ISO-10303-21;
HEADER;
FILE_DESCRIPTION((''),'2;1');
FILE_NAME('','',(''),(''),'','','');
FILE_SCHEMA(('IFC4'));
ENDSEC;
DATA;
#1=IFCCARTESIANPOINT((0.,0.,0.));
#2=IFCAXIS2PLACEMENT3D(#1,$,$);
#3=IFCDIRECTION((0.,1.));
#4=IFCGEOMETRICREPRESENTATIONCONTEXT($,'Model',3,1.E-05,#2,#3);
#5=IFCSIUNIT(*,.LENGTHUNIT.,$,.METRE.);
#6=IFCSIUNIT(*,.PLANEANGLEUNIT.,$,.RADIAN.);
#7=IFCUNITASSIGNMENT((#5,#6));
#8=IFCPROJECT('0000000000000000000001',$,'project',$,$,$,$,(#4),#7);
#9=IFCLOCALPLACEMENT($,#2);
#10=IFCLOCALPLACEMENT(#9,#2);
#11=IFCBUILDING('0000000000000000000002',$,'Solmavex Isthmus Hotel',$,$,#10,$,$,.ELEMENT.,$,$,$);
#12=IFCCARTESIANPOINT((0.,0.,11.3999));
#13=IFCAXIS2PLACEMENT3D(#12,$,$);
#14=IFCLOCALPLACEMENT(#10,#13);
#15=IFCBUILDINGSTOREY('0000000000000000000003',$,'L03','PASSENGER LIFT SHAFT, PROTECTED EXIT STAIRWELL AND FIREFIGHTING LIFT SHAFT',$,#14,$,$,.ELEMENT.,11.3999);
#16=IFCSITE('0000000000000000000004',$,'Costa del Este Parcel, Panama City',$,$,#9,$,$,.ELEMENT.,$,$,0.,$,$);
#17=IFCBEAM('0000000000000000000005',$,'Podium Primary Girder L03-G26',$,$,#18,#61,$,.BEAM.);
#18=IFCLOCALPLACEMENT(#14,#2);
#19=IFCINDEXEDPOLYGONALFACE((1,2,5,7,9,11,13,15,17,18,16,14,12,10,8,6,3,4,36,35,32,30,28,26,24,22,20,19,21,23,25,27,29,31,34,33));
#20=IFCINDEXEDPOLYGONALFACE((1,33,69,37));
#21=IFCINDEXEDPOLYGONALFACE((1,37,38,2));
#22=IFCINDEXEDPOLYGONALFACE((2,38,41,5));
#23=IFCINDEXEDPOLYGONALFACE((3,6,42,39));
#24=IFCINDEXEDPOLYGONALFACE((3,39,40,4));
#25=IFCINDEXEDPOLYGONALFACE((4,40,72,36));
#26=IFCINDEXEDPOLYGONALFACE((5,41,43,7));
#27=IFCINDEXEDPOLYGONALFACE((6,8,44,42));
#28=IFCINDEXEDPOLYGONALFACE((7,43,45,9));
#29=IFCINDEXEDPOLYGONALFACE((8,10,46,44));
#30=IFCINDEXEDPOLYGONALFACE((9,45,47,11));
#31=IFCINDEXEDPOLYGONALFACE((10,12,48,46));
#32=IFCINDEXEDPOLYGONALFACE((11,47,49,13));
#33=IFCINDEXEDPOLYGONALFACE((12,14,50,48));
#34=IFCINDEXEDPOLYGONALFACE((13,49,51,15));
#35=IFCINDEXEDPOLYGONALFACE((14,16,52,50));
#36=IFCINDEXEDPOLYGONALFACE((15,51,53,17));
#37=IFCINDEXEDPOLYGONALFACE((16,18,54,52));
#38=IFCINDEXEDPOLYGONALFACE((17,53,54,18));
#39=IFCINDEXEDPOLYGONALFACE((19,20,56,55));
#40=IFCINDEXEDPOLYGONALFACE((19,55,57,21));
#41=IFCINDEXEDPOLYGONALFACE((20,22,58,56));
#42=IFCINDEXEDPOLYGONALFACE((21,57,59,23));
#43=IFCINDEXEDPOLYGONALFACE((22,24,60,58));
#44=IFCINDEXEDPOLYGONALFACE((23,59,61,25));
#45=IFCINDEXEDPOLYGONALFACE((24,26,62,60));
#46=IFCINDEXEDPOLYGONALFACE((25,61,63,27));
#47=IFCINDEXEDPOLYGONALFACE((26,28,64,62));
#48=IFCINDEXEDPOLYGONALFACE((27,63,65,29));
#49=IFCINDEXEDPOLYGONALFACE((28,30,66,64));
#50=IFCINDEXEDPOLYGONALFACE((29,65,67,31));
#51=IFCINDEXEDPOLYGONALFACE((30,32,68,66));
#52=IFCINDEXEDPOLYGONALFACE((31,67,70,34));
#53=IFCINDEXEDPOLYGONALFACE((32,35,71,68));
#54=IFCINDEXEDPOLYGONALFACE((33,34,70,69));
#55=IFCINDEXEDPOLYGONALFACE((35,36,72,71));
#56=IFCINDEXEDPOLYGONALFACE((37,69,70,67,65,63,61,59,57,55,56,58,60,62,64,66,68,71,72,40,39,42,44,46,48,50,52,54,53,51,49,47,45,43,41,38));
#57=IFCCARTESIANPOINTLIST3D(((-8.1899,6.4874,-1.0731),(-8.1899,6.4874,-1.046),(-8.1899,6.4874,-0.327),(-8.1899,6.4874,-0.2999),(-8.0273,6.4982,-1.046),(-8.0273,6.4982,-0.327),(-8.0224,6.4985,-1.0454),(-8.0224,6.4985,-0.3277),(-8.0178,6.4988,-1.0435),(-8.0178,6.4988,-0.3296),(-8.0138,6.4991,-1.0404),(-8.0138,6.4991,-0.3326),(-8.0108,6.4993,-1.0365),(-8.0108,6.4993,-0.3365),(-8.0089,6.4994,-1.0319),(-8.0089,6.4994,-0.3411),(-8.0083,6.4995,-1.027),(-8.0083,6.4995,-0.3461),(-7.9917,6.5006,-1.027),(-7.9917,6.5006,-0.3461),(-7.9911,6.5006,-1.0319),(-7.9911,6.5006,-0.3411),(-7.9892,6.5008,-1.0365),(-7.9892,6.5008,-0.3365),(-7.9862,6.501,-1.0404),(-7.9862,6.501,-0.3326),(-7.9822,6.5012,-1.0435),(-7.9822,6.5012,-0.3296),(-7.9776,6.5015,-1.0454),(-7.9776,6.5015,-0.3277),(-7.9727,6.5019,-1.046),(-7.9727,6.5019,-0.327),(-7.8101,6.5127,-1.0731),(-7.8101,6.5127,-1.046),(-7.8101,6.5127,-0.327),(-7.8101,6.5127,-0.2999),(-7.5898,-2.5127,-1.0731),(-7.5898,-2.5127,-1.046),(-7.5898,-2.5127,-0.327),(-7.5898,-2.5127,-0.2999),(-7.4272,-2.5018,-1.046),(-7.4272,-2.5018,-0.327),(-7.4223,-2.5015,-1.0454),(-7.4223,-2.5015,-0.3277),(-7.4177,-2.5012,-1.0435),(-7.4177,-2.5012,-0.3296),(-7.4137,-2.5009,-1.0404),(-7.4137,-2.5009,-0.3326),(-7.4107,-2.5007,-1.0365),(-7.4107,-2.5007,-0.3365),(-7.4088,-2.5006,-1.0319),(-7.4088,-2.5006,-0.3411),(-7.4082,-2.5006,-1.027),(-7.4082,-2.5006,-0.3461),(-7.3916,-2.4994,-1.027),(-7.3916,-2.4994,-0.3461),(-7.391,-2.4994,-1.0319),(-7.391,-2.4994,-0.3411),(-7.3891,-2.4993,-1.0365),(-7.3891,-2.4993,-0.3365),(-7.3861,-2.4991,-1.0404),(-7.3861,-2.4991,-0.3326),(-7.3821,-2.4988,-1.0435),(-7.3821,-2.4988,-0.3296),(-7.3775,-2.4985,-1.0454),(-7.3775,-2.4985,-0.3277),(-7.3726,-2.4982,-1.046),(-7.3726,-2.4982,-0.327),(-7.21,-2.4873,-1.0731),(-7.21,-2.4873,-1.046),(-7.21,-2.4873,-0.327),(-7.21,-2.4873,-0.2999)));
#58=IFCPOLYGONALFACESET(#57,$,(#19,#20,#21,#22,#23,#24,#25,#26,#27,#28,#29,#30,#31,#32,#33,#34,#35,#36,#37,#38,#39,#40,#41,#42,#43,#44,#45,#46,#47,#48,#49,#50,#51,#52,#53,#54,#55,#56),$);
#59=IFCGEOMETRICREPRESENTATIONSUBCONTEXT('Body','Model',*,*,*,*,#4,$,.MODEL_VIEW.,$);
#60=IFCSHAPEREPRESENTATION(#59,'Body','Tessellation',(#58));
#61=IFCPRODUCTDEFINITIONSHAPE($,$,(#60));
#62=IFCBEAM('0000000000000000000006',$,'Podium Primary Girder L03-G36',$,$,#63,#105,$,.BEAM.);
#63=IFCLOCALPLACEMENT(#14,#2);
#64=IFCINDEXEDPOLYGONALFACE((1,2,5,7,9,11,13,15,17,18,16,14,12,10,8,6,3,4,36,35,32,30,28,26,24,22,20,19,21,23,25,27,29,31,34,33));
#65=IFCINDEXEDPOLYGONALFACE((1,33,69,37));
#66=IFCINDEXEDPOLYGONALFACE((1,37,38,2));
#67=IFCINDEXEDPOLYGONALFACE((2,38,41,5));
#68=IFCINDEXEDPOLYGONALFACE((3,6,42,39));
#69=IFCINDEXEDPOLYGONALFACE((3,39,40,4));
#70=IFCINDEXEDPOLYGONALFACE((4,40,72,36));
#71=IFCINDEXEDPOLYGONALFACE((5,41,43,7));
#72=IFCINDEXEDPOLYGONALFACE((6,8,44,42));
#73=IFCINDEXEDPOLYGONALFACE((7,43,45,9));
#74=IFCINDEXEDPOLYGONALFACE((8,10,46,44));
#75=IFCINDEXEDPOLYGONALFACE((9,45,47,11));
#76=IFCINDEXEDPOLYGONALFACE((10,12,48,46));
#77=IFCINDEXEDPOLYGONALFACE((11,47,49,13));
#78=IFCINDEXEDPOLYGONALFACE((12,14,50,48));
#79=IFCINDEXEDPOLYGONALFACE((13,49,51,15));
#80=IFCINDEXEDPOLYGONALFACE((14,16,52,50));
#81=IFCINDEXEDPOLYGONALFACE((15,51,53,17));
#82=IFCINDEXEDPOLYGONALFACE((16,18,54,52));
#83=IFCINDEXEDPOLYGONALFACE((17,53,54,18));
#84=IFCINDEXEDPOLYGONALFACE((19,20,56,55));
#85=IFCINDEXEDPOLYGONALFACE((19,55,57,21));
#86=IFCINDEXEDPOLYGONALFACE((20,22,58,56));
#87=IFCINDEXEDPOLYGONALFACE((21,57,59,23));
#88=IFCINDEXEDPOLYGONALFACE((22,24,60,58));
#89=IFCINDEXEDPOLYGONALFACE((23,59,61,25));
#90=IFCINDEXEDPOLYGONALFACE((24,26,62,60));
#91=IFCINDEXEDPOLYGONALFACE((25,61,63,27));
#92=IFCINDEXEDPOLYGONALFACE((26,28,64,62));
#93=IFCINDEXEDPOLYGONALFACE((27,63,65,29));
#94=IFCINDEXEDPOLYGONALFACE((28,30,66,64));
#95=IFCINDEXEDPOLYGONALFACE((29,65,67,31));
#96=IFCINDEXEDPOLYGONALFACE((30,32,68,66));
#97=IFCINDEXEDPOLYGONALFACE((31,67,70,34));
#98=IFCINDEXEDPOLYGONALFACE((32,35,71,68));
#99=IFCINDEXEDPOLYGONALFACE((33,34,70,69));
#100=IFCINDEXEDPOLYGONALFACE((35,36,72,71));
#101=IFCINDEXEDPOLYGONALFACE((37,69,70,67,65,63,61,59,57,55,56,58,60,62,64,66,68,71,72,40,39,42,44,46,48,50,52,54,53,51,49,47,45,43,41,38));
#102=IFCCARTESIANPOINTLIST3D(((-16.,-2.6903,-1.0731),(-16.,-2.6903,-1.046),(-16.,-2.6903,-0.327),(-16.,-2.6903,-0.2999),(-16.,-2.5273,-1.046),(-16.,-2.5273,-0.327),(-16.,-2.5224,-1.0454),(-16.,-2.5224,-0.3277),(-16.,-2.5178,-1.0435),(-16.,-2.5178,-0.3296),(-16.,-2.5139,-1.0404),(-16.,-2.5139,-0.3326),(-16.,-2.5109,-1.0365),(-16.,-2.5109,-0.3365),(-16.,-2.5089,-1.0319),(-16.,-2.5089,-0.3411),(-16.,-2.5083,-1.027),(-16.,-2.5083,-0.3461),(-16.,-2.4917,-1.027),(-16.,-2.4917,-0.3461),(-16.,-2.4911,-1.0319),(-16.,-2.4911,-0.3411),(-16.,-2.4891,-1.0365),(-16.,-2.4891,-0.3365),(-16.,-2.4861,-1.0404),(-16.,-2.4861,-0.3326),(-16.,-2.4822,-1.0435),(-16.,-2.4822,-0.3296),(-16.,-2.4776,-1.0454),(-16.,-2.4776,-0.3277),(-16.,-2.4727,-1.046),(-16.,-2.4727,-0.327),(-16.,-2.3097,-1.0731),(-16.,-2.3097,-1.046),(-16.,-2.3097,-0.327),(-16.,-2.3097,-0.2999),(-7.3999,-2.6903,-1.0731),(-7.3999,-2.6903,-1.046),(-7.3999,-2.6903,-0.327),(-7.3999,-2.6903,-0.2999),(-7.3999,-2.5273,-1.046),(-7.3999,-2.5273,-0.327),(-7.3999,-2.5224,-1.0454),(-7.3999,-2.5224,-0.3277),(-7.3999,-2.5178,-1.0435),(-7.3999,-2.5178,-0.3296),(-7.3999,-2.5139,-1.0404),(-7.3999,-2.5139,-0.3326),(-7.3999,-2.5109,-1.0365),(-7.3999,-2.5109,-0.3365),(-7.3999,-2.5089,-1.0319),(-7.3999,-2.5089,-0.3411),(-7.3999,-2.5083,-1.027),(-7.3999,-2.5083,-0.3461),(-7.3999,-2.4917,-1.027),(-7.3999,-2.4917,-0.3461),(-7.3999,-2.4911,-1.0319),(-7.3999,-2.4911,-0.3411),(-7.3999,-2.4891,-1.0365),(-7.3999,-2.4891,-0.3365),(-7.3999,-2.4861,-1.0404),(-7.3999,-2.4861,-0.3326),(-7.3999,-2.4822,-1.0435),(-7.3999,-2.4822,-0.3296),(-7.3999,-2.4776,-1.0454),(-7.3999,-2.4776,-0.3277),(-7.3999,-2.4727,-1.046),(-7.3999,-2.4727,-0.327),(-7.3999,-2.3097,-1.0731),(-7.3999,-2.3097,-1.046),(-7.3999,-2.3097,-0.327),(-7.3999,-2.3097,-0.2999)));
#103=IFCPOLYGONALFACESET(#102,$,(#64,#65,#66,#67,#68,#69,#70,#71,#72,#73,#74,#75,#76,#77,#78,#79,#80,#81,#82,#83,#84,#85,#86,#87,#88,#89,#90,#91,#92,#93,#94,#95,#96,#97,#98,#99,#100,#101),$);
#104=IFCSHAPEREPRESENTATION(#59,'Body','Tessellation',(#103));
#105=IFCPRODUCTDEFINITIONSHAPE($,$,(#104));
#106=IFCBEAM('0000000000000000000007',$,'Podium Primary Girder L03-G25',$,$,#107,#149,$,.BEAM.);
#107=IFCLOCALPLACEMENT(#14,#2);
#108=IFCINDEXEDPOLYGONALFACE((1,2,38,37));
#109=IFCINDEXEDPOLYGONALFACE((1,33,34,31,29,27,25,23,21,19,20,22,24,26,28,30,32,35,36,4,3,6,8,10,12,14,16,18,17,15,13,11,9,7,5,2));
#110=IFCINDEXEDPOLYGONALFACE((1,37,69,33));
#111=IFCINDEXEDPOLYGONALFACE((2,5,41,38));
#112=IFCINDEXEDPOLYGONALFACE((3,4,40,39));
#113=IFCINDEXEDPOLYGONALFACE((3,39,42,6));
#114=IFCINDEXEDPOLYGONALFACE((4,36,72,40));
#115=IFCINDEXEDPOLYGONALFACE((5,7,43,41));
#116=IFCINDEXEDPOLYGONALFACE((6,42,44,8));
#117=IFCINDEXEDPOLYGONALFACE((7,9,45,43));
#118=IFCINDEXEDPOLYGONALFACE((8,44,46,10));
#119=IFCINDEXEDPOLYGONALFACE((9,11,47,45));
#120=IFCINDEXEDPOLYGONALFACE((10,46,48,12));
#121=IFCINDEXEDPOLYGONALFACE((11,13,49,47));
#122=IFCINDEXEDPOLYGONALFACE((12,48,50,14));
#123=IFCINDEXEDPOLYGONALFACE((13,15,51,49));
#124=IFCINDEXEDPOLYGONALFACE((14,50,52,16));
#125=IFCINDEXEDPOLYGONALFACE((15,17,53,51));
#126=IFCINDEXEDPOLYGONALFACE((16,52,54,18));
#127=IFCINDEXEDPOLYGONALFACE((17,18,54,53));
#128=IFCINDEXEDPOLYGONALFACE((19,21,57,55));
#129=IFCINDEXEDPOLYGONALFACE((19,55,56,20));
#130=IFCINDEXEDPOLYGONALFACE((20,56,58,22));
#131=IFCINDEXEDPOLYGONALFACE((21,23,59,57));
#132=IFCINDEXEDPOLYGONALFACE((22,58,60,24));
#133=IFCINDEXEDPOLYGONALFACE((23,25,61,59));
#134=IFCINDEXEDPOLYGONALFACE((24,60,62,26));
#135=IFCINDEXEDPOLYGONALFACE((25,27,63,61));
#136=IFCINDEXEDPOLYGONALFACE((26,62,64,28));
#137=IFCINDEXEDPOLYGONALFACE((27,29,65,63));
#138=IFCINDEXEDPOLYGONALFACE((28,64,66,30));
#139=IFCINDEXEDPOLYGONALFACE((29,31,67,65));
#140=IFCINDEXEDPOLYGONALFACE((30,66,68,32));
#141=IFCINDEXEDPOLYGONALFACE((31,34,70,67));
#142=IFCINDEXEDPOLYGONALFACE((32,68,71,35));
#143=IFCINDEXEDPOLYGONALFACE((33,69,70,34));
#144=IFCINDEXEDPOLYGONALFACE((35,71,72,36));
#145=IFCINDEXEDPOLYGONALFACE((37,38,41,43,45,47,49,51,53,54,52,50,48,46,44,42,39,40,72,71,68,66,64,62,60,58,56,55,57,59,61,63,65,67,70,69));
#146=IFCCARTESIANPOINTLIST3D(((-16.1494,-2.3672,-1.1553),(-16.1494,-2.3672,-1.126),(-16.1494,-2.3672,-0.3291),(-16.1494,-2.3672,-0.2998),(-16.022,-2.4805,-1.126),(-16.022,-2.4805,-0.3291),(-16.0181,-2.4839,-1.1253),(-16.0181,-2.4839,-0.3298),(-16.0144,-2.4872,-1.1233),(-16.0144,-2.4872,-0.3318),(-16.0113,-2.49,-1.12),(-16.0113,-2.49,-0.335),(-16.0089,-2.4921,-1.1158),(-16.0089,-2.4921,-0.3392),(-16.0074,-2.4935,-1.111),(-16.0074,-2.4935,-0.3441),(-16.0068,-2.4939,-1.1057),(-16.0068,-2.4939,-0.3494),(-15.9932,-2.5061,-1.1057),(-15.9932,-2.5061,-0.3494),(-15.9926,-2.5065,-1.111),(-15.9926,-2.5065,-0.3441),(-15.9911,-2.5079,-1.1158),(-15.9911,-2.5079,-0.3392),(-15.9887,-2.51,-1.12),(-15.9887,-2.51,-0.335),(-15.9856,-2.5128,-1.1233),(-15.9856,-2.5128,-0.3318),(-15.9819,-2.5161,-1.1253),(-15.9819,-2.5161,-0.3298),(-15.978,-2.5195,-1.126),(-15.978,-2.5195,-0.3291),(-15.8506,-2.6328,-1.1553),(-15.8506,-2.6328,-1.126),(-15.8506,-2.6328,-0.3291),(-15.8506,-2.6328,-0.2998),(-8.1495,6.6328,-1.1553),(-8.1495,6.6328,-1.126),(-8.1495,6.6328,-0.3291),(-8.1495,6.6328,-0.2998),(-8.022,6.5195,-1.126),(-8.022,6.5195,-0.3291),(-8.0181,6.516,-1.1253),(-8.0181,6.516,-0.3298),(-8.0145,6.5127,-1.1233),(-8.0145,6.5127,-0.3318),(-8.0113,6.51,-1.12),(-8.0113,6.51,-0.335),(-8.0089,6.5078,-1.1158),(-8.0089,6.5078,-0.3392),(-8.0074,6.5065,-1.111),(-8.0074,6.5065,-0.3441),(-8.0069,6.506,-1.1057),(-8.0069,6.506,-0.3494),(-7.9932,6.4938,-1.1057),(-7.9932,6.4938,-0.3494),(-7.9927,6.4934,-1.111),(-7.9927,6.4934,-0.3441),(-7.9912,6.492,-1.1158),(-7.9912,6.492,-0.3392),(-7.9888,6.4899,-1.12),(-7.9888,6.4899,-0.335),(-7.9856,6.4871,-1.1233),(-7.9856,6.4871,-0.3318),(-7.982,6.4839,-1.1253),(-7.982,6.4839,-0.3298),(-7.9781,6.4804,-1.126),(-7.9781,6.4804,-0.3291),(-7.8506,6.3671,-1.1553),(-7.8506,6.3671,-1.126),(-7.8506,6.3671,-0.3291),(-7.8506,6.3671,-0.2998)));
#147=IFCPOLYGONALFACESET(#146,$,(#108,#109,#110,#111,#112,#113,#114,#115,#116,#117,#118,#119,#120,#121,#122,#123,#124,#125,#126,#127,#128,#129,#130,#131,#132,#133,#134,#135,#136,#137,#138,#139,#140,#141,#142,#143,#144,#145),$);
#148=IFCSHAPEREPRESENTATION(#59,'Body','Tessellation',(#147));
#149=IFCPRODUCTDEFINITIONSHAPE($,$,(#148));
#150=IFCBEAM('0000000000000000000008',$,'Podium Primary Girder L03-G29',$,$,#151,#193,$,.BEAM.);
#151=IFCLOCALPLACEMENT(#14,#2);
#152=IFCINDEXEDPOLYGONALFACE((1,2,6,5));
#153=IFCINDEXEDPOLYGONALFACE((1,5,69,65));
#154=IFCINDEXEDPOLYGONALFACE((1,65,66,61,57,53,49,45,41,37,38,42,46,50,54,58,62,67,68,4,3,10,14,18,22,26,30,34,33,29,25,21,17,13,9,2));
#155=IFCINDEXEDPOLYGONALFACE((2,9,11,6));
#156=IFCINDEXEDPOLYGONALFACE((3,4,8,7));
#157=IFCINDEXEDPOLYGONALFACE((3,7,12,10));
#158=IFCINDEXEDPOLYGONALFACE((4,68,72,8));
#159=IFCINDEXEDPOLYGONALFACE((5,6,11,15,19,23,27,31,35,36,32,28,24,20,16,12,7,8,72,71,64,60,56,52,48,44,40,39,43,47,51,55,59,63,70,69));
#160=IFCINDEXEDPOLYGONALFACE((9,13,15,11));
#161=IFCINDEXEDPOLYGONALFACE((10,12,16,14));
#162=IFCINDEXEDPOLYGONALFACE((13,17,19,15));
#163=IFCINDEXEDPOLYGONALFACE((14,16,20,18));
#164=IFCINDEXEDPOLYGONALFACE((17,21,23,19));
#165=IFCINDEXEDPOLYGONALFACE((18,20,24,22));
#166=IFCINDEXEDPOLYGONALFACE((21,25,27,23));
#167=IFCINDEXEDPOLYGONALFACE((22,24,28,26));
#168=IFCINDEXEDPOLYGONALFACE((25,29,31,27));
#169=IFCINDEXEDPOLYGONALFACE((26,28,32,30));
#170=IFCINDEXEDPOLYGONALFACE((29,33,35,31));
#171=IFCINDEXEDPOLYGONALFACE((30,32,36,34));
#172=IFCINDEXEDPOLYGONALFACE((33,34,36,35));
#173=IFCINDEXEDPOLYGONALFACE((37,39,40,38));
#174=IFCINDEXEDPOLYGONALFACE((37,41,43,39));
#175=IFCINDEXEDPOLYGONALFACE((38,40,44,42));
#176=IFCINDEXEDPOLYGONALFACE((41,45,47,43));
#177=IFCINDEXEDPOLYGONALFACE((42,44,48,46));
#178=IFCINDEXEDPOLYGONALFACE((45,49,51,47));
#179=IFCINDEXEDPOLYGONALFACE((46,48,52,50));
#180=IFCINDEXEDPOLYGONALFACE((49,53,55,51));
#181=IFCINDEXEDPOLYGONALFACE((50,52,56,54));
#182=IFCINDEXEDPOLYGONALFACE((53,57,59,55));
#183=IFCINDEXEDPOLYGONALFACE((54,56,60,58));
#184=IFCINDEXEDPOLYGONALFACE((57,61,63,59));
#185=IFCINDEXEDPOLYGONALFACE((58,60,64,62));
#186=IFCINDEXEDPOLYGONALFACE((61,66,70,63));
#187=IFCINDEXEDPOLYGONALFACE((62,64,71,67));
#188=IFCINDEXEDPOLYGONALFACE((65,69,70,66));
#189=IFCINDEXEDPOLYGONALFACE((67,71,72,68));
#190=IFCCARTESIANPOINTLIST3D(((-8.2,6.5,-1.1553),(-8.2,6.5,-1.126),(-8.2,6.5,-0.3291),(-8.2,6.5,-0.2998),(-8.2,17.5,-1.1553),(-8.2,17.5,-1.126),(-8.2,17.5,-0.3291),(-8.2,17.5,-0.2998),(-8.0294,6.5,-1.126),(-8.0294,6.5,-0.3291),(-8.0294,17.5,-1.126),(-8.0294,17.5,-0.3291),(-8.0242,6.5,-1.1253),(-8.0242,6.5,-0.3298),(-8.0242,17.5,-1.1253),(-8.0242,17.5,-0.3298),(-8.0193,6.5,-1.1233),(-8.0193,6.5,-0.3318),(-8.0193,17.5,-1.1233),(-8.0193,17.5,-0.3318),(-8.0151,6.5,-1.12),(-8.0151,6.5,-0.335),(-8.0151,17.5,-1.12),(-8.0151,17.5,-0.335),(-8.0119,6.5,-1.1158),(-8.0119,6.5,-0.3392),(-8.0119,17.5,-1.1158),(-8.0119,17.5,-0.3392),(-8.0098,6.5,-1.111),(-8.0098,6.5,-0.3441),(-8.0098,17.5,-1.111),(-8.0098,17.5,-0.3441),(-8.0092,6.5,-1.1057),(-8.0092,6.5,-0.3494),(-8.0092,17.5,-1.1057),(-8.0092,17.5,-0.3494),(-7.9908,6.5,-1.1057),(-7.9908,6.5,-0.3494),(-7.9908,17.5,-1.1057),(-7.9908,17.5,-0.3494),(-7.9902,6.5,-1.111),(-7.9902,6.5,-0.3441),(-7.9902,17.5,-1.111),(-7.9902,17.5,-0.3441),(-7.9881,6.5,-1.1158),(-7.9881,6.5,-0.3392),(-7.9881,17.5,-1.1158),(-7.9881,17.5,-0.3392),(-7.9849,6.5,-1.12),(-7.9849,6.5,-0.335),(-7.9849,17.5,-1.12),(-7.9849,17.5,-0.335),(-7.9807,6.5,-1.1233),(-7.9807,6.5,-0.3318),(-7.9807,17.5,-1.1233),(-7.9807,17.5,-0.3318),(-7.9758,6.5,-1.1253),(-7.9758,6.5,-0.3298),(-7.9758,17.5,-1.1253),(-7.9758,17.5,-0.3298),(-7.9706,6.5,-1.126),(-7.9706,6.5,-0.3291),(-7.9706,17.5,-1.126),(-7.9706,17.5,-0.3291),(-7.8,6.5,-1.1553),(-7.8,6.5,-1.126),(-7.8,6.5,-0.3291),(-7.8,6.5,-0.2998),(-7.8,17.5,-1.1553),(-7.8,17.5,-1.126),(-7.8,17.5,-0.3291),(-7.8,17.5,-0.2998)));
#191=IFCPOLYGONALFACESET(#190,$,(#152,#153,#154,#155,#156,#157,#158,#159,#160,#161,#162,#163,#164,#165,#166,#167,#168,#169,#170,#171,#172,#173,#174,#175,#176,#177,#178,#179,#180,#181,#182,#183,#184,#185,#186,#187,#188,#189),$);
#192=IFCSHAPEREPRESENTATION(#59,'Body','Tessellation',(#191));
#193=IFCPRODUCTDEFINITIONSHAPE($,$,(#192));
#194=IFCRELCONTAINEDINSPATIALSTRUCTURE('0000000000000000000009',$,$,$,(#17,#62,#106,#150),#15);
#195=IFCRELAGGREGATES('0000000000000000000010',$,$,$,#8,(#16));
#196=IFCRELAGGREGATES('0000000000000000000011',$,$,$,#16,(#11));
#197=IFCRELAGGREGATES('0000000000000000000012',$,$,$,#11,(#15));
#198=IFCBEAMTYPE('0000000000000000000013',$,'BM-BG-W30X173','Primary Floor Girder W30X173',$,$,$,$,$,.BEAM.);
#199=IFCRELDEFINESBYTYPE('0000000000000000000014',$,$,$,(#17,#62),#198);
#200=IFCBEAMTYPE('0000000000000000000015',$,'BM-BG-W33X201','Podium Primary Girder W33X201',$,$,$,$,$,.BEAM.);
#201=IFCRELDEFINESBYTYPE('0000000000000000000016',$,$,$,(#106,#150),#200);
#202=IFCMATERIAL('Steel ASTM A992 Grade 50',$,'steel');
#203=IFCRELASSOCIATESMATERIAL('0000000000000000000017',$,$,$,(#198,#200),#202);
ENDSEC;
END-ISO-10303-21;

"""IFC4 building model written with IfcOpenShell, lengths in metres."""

from ifc_helpers import new_model, si_unit, direction, frame, origin, origin_2d, place, context, subcontext, project, spatial, i_section, extrude, material, material_profile, profile_set, type_object, element, save


model = new_model("IFC4")

# Units and contexts
model_context = context("Model", 3, precision=1e-05, world=origin(), true_north=direction((0.0, 1.0)))
body_context = subcontext(model_context, "Body", "Model", "MODEL_VIEW")
ifc_project = project(units=[si_unit("LENGTHUNIT", "METRE"), si_unit("PLANEANGLEUNIT", "RADIAN")], contexts=[model_context])

# Site, building, storey
site_placement = place(None, origin())
site = spatial("IfcSite", under=ifc_project, at=site_placement, Name="Costa del Este Parcel, Panama City", CompositionType="ELEMENT", RefElevation=0.0)
building_placement = place(site_placement, origin())
building = spatial("IfcBuilding", under=site, at=building_placement, Name="Solmavex Isthmus Hotel", CompositionType="ELEMENT")
storey_placement = place(building_placement, frame((0.0, 0.0, 11.3999)))
storey = spatial("IfcBuildingStorey", under=building, at=storey_placement, Name="L03", Description="PASSENGER LIFT SHAFT, PROTECTED EXIT STAIRWELL AND FIREFIGHTING LIFT SHAFT", CompositionType="ELEMENT", Elevation=11.3999)

# Beams
ifc_material_1 = material(Name="Steel ASTM A992 Grade 50", Category="steel")
ifc_material_profile_1 = material_profile(ifc_material_1, i_section(OverallWidth=0.3806, OverallDepth=0.7732, WebThickness=0.0166, FlangeThickness=0.0271, FilletRadius=0.019, at=origin_2d()), Name="W30X173")
ifc_profile_set_1 = profile_set([ifc_material_profile_1], Name="Steel ASTM A992 Grade 50")
beam_type_1 = type_object("IfcBeamType", Name="BM-BG-W30X173", Description="Primary Floor Girder W30X173", PredefinedType="BEAM", material=ifc_profile_set_1)
beam_1_placement = place(storey_placement, frame((-7.3999, -2.5, -0.6865), z_axis=(-0.06653, 0.997784, 0.0), x_axis=(-0.997784, -0.06653, 0.0)))
element("IfcBeam", 1, at=beam_1_placement, inside=storey, type_object=beam_type_1, Name="Podium Primary Girder L03-G26", PredefinedType="BEAM", context=body_context, shape_type="SweptSolid", body=[
    extrude(i_section(OverallWidth=0.3806, OverallDepth=0.7732, WebThickness=0.0166, FlangeThickness=0.0271, FilletRadius=0.019, at=origin_2d()), origin(), (0.0, 0.0, 1.0), 9.02),
])
beam_2_placement = place(storey_placement, frame((-16.0, -2.5, -0.6865), z_axis=(1.0, 0.0, 0.0), x_axis=(0.0, 1.0, 0.0)))
element("IfcBeam", 2, at=beam_2_placement, inside=storey, type_object=beam_type_1, Name="Podium Primary Girder L03-G36", PredefinedType="BEAM", context=body_context, shape_type="SweptSolid", body=[
    extrude(i_section(OverallWidth=0.3806, OverallDepth=0.7732, WebThickness=0.0166, FlangeThickness=0.0271, FilletRadius=0.019, at=origin_2d()), origin(), (0.0, 0.0, 1.0), 8.6001),
])
ifc_material_profile_2 = material_profile(ifc_material_1, i_section(OverallWidth=0.3999, OverallDepth=0.8555, WebThickness=0.0183, FlangeThickness=0.0293, FilletRadius=0.0203, at=origin_2d()), Name="W33X201")
ifc_profile_set_2 = profile_set([ifc_material_profile_2], Name="Steel ASTM A992 Grade 50")
beam_type_2 = type_object("IfcBeamType", Name="BM-BG-W33X201", Description="Podium Primary Girder W33X201", PredefinedType="BEAM", material=ifc_profile_set_2)
beam_3_placement = place(storey_placement, frame((-16.0, -2.5, -0.7275), z_axis=(0.664364, 0.747409, 0.0), x_axis=(-0.747409, 0.664364, 0.0)))
element("IfcBeam", 3, at=beam_3_placement, inside=storey, type_object=beam_type_2, Name="Podium Primary Girder L03-G25", PredefinedType="BEAM", context=body_context, shape_type="SweptSolid", body=[
    extrude(i_section(OverallWidth=0.3999, OverallDepth=0.8555, WebThickness=0.0183, FlangeThickness=0.0293, FilletRadius=0.0203, at=origin_2d()), origin(), (0.0, 0.0, 1.0), 12.0415),
])
beam_4_placement = place(storey_placement, frame((-8.0, 6.5, -0.7275), z_axis=(0.0, 1.0, 0.0), x_axis=(-1.0, 0.0, 0.0)))
element("IfcBeam", 4, at=beam_4_placement, inside=storey, type_object=beam_type_2, Name="Podium Primary Girder L03-G29", PredefinedType="BEAM", context=body_context, shape_type="SweptSolid", body=[
    extrude(i_section(OverallWidth=0.3999, OverallDepth=0.8555, WebThickness=0.0183, FlangeThickness=0.0293, FilletRadius=0.0203, at=origin_2d()), origin(), (0.0, 0.0, 1.0), 11.0),
])

save(model, "model.ifc")
